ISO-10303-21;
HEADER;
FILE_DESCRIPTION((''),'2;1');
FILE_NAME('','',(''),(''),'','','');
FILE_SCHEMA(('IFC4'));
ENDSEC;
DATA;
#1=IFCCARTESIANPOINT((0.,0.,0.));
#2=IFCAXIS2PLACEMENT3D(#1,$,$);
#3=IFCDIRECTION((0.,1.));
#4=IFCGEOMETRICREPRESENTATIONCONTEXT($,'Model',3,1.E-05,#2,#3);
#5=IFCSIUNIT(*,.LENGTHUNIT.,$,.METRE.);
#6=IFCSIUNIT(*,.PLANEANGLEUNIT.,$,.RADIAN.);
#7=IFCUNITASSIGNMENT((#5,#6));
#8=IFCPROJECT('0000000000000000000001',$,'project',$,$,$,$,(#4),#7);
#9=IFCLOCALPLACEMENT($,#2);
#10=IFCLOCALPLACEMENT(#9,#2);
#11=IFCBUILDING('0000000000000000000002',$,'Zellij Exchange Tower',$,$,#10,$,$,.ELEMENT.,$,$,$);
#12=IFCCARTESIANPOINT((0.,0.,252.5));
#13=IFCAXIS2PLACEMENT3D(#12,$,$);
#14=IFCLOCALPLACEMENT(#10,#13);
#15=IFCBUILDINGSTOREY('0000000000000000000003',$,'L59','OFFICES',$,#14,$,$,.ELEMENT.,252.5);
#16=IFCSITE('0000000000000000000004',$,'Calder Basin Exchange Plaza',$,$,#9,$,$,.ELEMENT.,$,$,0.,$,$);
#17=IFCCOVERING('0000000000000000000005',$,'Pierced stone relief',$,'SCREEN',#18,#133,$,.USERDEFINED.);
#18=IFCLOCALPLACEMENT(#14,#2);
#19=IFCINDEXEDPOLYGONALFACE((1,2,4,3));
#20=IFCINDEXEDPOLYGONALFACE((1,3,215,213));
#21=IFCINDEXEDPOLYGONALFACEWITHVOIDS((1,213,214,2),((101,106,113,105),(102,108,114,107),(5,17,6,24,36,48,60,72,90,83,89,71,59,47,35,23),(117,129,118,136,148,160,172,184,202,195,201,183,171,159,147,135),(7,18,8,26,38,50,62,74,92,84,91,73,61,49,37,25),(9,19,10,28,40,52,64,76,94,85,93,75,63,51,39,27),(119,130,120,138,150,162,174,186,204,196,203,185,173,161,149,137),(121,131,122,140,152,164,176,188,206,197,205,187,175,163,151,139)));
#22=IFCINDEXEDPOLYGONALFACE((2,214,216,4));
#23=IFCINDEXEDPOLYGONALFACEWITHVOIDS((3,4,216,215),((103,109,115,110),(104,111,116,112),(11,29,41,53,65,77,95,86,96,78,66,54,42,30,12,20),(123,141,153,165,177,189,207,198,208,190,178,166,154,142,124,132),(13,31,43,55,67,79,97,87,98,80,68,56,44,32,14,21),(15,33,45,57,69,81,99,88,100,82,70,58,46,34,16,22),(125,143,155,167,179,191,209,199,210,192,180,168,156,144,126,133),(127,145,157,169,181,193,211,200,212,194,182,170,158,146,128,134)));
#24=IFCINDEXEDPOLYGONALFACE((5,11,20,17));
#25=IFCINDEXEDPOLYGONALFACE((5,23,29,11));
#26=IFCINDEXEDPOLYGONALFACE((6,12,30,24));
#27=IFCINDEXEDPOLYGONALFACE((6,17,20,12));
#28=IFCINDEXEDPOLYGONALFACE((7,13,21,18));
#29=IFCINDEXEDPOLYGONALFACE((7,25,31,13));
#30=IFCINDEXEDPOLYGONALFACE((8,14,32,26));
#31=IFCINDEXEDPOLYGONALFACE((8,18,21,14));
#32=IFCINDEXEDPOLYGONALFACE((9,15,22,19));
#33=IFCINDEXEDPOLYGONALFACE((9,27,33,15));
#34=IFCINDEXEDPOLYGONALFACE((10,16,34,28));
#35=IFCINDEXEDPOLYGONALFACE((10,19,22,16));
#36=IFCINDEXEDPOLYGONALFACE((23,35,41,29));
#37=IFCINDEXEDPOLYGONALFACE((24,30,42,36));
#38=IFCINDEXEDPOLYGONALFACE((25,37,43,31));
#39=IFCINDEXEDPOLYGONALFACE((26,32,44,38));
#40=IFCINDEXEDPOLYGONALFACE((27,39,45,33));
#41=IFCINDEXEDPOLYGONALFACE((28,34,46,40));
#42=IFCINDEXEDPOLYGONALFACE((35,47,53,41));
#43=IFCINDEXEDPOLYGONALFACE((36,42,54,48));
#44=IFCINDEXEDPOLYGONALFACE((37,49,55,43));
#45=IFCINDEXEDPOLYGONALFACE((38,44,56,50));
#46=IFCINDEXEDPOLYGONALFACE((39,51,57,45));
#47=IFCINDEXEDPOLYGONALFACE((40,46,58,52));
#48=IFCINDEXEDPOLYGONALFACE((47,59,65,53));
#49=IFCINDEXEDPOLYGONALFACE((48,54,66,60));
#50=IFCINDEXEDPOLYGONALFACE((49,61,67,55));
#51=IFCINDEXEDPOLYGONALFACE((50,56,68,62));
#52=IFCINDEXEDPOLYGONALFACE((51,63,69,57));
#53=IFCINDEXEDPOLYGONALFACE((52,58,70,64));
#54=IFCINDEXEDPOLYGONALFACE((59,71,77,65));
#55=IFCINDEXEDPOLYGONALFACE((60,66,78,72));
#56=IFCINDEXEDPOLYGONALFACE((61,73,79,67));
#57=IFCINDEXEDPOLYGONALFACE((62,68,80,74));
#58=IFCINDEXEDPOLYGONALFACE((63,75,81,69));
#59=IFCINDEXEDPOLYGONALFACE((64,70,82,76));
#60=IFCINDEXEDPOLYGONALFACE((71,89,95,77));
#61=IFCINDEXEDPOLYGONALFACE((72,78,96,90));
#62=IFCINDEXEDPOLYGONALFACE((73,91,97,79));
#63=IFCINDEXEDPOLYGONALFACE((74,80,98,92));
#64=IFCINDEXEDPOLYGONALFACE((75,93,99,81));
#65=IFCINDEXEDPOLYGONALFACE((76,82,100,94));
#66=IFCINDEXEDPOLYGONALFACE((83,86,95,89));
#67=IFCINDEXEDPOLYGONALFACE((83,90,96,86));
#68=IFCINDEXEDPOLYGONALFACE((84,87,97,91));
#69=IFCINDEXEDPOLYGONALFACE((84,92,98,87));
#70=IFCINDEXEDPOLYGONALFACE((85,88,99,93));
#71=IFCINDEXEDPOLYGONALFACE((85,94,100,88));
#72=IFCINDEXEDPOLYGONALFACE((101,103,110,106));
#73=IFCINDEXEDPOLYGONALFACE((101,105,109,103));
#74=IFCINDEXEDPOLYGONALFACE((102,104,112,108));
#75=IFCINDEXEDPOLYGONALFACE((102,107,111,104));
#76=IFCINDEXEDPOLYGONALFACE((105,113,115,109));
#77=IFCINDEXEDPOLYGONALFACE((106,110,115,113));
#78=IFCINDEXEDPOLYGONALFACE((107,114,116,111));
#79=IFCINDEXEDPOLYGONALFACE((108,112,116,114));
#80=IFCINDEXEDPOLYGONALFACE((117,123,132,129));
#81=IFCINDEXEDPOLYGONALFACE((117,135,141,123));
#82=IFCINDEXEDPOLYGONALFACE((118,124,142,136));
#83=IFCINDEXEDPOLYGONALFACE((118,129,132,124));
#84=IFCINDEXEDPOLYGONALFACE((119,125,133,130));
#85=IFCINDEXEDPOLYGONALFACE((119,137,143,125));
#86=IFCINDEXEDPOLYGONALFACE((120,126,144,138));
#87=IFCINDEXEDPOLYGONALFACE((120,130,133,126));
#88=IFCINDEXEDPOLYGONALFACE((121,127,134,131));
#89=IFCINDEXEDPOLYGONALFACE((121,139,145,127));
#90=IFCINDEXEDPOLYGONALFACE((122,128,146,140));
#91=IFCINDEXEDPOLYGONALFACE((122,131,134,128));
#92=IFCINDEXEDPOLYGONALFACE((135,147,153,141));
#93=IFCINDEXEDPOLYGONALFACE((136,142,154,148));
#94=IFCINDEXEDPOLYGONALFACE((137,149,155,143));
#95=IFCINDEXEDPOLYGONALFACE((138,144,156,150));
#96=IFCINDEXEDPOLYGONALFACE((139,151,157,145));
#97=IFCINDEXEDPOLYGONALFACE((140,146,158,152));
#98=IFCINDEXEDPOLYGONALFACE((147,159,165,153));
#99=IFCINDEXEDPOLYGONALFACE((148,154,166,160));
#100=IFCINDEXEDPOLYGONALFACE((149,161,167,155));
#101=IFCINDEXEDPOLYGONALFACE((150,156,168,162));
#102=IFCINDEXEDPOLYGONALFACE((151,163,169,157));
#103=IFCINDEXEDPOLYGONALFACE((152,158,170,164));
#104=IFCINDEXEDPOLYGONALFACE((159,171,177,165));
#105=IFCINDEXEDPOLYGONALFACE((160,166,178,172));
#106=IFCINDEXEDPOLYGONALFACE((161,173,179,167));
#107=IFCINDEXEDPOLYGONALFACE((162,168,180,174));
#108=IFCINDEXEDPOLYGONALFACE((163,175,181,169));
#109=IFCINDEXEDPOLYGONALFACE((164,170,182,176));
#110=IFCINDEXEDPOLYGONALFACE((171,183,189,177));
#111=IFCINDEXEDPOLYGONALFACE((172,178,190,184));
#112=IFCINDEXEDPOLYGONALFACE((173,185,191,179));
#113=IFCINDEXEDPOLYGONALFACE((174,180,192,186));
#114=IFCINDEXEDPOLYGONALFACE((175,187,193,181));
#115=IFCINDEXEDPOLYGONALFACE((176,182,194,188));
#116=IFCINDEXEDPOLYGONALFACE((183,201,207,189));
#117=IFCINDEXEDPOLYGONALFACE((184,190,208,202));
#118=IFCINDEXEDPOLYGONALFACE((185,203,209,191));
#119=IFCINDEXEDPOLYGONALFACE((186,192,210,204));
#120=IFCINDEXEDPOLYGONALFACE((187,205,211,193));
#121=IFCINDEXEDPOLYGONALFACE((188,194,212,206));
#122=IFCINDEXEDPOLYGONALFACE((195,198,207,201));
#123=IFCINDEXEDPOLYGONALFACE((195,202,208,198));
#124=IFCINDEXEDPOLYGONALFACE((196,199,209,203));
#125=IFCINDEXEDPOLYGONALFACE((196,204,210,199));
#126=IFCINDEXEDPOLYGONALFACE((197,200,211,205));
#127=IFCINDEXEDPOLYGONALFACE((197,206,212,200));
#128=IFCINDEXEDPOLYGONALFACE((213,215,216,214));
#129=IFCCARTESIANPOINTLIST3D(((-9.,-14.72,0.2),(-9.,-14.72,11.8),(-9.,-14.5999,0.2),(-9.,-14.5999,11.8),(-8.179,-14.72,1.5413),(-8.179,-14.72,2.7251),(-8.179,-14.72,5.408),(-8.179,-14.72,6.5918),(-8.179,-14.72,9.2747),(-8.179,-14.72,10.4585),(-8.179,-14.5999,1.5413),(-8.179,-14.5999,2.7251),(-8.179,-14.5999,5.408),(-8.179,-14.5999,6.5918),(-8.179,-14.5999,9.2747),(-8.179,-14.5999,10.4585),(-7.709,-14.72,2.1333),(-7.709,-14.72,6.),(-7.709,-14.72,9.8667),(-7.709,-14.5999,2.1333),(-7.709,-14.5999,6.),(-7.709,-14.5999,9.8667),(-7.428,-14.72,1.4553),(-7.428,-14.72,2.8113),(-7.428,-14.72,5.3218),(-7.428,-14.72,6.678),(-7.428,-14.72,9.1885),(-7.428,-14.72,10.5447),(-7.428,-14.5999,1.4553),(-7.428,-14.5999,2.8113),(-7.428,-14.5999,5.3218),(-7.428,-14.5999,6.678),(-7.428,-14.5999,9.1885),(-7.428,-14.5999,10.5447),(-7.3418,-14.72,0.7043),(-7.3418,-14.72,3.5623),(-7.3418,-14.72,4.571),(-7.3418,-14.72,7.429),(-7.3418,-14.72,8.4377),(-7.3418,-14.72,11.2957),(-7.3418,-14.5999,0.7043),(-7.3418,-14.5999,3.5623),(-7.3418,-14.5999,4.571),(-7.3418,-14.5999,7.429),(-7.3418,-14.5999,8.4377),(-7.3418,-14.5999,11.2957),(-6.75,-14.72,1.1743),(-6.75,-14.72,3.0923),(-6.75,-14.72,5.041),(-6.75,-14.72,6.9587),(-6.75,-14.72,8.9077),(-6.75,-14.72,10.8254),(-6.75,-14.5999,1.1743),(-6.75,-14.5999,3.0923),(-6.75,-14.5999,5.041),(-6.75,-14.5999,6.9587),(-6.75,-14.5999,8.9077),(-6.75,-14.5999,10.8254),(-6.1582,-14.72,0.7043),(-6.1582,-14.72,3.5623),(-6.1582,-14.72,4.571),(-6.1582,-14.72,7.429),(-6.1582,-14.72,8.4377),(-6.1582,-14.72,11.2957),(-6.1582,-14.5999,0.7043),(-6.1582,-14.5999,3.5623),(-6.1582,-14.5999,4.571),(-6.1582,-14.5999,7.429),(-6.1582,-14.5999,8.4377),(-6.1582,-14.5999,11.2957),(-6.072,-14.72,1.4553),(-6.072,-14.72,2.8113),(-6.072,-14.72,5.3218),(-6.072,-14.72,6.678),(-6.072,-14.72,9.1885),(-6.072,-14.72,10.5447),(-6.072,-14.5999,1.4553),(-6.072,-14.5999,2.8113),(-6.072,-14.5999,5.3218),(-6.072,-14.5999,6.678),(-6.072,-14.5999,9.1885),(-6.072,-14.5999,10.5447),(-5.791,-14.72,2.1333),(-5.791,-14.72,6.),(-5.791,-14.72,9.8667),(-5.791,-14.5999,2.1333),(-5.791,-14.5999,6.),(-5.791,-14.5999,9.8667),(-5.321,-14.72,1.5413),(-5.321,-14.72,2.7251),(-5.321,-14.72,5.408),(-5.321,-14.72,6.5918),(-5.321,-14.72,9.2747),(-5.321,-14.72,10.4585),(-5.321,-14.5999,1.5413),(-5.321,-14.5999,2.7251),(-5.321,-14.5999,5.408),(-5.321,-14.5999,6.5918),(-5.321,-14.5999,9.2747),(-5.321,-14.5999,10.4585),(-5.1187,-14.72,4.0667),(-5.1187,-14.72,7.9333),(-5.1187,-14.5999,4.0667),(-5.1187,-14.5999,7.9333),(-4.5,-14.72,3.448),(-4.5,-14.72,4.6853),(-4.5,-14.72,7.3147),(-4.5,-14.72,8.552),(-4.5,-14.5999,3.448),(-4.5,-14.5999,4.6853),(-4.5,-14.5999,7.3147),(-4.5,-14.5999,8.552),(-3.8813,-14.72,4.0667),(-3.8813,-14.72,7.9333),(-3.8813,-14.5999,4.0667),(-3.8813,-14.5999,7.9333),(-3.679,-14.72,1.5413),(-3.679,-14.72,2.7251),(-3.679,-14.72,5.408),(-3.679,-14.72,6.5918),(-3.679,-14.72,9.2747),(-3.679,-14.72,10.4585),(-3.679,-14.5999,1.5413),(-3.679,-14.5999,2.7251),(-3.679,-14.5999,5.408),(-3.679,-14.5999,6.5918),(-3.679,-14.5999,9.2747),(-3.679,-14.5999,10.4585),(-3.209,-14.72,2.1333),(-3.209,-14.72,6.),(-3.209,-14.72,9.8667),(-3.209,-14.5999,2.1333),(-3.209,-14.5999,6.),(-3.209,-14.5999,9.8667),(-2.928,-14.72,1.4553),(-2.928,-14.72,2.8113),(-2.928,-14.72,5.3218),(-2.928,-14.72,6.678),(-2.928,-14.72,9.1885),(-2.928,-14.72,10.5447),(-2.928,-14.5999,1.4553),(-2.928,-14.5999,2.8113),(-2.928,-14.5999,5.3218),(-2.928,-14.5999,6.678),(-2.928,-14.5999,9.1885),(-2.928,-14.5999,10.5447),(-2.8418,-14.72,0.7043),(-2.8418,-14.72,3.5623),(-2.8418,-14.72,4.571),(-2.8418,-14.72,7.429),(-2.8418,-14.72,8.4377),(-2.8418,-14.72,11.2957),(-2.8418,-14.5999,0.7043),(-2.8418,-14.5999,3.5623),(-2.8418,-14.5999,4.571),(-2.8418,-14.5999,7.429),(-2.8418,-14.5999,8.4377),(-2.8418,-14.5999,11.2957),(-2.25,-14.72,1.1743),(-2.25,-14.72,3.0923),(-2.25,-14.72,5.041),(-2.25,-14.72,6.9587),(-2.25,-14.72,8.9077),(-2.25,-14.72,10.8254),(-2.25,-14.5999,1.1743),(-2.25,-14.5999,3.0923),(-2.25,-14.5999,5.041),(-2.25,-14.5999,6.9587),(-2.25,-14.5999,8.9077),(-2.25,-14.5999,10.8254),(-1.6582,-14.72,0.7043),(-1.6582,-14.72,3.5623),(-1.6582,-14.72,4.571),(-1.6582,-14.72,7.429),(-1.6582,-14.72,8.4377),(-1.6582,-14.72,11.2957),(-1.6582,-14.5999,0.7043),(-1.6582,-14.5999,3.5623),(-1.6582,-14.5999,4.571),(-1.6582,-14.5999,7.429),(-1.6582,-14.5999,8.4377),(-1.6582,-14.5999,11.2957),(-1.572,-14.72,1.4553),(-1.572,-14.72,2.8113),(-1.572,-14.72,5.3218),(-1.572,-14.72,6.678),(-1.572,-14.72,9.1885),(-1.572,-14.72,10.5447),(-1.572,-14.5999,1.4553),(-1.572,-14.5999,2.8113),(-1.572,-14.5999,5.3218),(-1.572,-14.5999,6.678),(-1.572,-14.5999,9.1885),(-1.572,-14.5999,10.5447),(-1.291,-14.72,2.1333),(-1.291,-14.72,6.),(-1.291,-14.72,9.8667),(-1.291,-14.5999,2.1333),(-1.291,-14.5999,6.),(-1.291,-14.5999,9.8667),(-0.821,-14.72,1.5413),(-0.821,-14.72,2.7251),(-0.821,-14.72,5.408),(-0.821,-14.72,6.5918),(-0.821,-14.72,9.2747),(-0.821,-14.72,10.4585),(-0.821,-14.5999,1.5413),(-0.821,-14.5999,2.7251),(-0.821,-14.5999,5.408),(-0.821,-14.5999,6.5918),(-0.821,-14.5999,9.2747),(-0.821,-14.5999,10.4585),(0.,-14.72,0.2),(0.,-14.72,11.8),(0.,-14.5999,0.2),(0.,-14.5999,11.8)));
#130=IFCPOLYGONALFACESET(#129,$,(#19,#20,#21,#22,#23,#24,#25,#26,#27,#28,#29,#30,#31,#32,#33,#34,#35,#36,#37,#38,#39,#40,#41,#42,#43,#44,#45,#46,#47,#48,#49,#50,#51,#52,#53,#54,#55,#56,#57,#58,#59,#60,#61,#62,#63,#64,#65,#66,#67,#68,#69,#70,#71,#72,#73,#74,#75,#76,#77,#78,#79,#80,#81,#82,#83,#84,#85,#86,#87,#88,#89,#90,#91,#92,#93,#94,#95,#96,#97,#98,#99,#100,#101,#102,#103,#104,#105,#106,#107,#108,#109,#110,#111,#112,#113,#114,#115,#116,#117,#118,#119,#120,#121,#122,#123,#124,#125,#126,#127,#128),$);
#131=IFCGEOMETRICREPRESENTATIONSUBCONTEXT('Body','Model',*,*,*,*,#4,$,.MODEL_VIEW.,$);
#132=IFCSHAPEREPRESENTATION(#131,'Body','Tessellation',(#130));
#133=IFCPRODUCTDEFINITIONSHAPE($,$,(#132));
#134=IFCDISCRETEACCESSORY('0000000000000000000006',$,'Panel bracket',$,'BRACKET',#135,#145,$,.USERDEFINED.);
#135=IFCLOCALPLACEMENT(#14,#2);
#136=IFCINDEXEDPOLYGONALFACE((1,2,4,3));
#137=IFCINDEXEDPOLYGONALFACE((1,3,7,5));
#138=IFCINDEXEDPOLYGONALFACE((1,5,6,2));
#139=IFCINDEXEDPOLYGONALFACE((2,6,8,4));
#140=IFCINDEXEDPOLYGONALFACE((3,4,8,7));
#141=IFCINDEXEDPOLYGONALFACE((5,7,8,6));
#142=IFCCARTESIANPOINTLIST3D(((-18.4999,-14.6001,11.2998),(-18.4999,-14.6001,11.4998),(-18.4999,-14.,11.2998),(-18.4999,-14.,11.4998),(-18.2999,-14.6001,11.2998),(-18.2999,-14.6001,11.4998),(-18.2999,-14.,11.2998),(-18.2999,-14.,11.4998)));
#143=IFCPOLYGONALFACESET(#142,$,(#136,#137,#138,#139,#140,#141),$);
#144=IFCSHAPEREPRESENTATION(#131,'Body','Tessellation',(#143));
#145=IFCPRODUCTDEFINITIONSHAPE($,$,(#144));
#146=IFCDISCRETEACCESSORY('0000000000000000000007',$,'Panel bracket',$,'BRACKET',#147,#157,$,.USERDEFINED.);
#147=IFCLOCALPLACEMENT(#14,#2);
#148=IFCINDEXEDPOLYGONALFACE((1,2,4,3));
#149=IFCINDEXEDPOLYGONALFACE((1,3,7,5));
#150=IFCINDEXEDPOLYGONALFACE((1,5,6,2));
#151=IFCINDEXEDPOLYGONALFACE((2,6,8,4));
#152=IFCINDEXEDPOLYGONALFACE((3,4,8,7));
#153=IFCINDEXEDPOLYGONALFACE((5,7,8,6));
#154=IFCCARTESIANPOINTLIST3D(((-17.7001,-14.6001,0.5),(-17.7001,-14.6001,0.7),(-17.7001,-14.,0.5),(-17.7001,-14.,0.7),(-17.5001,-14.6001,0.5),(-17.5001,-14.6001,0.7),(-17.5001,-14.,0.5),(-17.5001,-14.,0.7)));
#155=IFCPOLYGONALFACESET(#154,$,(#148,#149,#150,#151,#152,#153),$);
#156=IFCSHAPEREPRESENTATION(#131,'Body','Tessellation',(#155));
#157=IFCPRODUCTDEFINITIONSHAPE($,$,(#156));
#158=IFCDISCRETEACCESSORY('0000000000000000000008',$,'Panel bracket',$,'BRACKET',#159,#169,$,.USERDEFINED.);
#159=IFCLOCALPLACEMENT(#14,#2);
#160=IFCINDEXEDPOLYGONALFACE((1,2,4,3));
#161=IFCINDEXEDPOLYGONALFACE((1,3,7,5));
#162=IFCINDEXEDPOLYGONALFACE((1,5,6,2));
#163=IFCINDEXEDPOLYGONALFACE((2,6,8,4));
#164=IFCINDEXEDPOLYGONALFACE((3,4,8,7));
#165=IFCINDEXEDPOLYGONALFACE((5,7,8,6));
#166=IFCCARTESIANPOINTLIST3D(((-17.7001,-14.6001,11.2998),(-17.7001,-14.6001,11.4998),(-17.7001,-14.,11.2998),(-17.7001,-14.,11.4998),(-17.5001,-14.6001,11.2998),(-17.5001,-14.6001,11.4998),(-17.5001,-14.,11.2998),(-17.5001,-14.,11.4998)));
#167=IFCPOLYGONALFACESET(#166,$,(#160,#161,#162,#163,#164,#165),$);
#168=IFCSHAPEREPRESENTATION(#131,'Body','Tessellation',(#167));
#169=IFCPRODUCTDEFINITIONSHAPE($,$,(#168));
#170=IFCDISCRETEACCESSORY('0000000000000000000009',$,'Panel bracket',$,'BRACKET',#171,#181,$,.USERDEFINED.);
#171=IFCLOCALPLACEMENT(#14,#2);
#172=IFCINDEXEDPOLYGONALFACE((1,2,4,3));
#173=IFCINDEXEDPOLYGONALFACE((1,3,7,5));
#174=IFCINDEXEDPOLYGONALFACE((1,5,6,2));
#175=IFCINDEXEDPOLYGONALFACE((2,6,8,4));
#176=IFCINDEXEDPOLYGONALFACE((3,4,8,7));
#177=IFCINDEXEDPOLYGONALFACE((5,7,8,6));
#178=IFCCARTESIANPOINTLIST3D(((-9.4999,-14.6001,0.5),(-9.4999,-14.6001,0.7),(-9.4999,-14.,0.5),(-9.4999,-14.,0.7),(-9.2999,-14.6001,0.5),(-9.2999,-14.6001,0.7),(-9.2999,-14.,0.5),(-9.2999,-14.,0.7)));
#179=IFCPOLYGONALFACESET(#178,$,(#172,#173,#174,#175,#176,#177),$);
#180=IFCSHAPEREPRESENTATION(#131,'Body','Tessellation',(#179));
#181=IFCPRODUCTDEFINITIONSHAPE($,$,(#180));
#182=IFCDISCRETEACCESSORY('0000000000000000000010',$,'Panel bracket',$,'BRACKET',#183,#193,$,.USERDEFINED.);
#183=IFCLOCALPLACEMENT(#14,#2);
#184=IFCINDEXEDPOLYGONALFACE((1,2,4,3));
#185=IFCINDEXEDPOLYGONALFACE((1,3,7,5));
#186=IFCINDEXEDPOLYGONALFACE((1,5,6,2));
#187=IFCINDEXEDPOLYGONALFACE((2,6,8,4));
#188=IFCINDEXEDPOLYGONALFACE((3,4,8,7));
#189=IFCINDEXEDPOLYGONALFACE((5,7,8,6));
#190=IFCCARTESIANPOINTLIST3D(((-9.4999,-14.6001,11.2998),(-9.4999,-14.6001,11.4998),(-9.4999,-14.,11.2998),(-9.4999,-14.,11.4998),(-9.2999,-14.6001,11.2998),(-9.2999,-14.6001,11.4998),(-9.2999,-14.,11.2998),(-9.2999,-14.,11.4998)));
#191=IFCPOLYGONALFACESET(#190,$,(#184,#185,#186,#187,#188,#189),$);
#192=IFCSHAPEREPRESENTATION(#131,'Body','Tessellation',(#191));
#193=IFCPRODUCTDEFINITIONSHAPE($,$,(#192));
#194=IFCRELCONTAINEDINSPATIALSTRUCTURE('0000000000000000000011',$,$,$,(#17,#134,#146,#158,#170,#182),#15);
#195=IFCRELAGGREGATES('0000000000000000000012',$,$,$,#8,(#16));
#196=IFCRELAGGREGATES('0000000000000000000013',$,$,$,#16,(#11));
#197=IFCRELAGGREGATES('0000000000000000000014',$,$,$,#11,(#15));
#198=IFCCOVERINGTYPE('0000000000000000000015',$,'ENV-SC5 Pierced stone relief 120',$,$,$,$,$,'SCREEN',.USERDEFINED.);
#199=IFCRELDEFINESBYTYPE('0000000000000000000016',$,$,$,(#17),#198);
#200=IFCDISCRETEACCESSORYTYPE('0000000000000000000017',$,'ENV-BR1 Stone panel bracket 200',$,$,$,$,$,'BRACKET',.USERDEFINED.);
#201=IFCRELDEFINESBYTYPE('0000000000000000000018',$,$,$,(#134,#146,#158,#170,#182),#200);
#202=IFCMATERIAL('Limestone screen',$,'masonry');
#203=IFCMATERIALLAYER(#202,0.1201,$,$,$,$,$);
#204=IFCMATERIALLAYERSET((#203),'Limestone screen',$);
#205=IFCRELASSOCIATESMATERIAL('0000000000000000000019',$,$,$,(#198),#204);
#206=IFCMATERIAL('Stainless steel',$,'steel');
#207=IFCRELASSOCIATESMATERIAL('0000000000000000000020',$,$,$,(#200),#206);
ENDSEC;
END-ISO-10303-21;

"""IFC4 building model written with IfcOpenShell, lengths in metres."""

from ifc_helpers import new_model, si_unit, direction, frame, origin, origin_2d, place, context, subcontext, project, spatial, polyline, rectangle, outline, extrude, material, layer, layer_set, type_object, element, save


model = new_model("IFC4")

# Units and contexts
model_context = context("Model", 3, precision=1e-05, world=origin(), true_north=direction((0.0, 1.0)))
body_context = subcontext(model_context, "Body", "Model", "MODEL_VIEW")
ifc_project = project(units=[si_unit("LENGTHUNIT", "METRE"), si_unit("PLANEANGLEUNIT", "RADIAN")], contexts=[model_context])

# Site, building, storey
site_placement = place(None, origin())
site = spatial("IfcSite", under=ifc_project, at=site_placement, Name="Calder Basin Exchange Plaza", CompositionType="ELEMENT", RefElevation=0.0)
building_placement = place(site_placement, origin())
building = spatial("IfcBuilding", under=site, at=building_placement, Name="Zellij Exchange Tower", CompositionType="ELEMENT")
storey_placement = place(building_placement, frame((0.0, 0.0, 252.5)))
storey = spatial("IfcBuildingStorey", under=building, at=storey_placement, Name="L59", Description="OFFICES", CompositionType="ELEMENT", Elevation=252.5)

# Shared definitions
ifc_material_1 = material(Name="Stainless steel", Category="steel")

# Covering
ifc_material_2 = material(Name="Limestone screen", Category="masonry")
ifc_layer_1 = layer(ifc_material_2, 0.1201)
ifc_layer_set_1 = layer_set([ifc_layer_1], Name="Limestone screen")
covering_type = type_object("IfcCoveringType", Name="ENV-SC5 Pierced stone relief 120", ElementType="SCREEN", PredefinedType="USERDEFINED", material=ifc_layer_set_1)
covering_1_placement = place(storey_placement, frame((-9.0, -14.6599, 0.2), z_axis=(0.0, 0.0, 1.0), x_axis=(1.0, 0.0, 0.0)))
element("IfcCovering", 1, at=covering_1_placement, inside=storey, type_object=covering_type, Name="Pierced stone relief", ObjectType="SCREEN", PredefinedType="USERDEFINED", context=body_context, shape_type="SweptSolid", body=[
    extrude(outline(polyline([(0.0, 0.0), (9.0, 0.0), (9.0, 11.6001), (0.0, 11.6001), (0.0, 0.0)]), holes=[polyline([(3.679, 2.5251), (2.928, 2.6113), (2.8418, 3.3623), (2.25, 2.8923), (1.6582, 3.3623), (1.572, 2.6113), (0.821, 2.5251), (1.291, 1.9333), (0.821, 1.3413), (1.572, 1.2554), (1.6582, 0.5044), (2.25, 0.9744), (2.8418, 0.5044), (2.928, 1.2554), (3.679, 1.3413), (3.209, 1.9333), (3.679, 2.5251)]), polyline([(3.679, 6.3918), (2.928, 6.478), (2.8418, 7.229), (2.25, 6.7588), (1.6582, 7.229), (1.572, 6.478), (0.821, 6.3918), (1.291, 5.8), (0.821, 5.208), (1.572, 5.1218), (1.6582, 4.3711), (2.25, 4.8411), (2.8418, 4.3711), (2.928, 5.1218), (3.679, 5.208), (3.209, 5.8), (3.679, 6.3918)]), polyline([(3.679, 10.2585), (2.928, 10.3447), (2.8418, 11.0957), (2.25, 10.6255), (1.6582, 11.0957), (1.572, 10.3447), (0.821, 10.2585), (1.291, 9.6667), (0.821, 9.0747), (1.572, 8.9885), (1.6582, 8.2378), (2.25, 8.7078), (2.8418, 8.2378), (2.928, 8.9885), (3.679, 9.0747), (3.209, 9.6667), (3.679, 10.2585)]), polyline([(8.179, 2.5251), (7.428, 2.6113), (7.3418, 3.3623), (6.75, 2.8923), (6.1582, 3.3623), (6.072, 2.6113), (5.321, 2.5251), (5.791, 1.9333), (5.321, 1.3413), (6.072, 1.2554), (6.1582, 0.5044), (6.75, 0.9744), (7.3418, 0.5044), (7.428, 1.2554), (8.179, 1.3413), (7.709, 1.9333), (8.179, 2.5251)]), polyline([(8.179, 6.3918), (7.428, 6.478), (7.3418, 7.229), (6.75, 6.7588), (6.1582, 7.229), (6.072, 6.478), (5.321, 6.3918), (5.791, 5.8), (5.321, 5.208), (6.072, 5.1218), (6.1582, 4.3711), (6.75, 4.8411), (7.3418, 4.3711), (7.428, 5.1218), (8.179, 5.208), (7.709, 5.8), (8.179, 6.3918)]), polyline([(8.179, 10.2585), (7.428, 10.3447), (7.3418, 11.0957), (6.75, 10.6255), (6.1582, 11.0957), (6.072, 10.3447), (5.321, 10.2585), (5.791, 9.6667), (5.321, 9.0747), (6.072, 8.9885), (6.1582, 8.2378), (6.75, 8.7078), (7.3418, 8.2378), (7.428, 8.9885), (8.179, 9.0747), (7.709, 9.6667), (8.179, 10.2585)]), polyline([(5.1187, 3.8667), (4.5, 4.4854), (3.8813, 3.8667), (4.5, 3.248), (5.1187, 3.8667)]), polyline([(5.1187, 7.7334), (4.5, 8.3521), (3.8813, 7.7334), (4.5, 7.1147), (5.1187, 7.7334)])]), frame((0.0, 0.0601, 0.0), z_axis=(0.0, -1.0, 0.0), x_axis=(1.0, 0.0, 0.0)), (0.0, 0.0, 1.0), 0.1201),
])

# Discrete accessories
discrete_accessory_type = type_object("IfcDiscreteAccessoryType", Name="ENV-BR1 Stone panel bracket 200", ElementType="BRACKET", PredefinedType="USERDEFINED", material=ifc_material_1)
for number, where, z_axis, x_axis, name in (
    (2, (-18.3999, -14.3, 11.2998), (0.0, 0.0, 1.0), (1.0, 0.0, 0.0), "Panel bracket"),
    (3, (-17.6001, -14.3, 0.5), (0.0, 0.0, 1.0), (1.0, 0.0, 0.0), "Panel bracket"),
    (4, (-17.6001, -14.3, 11.2998), (0.0, 0.0, 1.0), (1.0, 0.0, 0.0), "Panel bracket"),
    (5, (-9.3999, -14.3, 0.5), (0.0, 0.0, 1.0), (1.0, 0.0, 0.0), "Panel bracket"),
    (6, (-9.3999, -14.3, 11.2998), (0.0, 0.0, 1.0), (1.0, 0.0, 0.0), "Panel bracket"),
):
    element("IfcDiscreteAccessory", number, at=place(storey_placement, frame(where, z_axis=z_axis, x_axis=x_axis)), inside=storey, type_object=discrete_accessory_type, Name=name, ObjectType="BRACKET", PredefinedType="USERDEFINED", context=body_context, shape_type="SweptSolid", body=[
        extrude(rectangle(XDim=0.2, YDim=0.6001, at=origin_2d()), origin(), (0.0, 0.0, 1.0), 0.2),
    ])

save(model, "model.ifc")
